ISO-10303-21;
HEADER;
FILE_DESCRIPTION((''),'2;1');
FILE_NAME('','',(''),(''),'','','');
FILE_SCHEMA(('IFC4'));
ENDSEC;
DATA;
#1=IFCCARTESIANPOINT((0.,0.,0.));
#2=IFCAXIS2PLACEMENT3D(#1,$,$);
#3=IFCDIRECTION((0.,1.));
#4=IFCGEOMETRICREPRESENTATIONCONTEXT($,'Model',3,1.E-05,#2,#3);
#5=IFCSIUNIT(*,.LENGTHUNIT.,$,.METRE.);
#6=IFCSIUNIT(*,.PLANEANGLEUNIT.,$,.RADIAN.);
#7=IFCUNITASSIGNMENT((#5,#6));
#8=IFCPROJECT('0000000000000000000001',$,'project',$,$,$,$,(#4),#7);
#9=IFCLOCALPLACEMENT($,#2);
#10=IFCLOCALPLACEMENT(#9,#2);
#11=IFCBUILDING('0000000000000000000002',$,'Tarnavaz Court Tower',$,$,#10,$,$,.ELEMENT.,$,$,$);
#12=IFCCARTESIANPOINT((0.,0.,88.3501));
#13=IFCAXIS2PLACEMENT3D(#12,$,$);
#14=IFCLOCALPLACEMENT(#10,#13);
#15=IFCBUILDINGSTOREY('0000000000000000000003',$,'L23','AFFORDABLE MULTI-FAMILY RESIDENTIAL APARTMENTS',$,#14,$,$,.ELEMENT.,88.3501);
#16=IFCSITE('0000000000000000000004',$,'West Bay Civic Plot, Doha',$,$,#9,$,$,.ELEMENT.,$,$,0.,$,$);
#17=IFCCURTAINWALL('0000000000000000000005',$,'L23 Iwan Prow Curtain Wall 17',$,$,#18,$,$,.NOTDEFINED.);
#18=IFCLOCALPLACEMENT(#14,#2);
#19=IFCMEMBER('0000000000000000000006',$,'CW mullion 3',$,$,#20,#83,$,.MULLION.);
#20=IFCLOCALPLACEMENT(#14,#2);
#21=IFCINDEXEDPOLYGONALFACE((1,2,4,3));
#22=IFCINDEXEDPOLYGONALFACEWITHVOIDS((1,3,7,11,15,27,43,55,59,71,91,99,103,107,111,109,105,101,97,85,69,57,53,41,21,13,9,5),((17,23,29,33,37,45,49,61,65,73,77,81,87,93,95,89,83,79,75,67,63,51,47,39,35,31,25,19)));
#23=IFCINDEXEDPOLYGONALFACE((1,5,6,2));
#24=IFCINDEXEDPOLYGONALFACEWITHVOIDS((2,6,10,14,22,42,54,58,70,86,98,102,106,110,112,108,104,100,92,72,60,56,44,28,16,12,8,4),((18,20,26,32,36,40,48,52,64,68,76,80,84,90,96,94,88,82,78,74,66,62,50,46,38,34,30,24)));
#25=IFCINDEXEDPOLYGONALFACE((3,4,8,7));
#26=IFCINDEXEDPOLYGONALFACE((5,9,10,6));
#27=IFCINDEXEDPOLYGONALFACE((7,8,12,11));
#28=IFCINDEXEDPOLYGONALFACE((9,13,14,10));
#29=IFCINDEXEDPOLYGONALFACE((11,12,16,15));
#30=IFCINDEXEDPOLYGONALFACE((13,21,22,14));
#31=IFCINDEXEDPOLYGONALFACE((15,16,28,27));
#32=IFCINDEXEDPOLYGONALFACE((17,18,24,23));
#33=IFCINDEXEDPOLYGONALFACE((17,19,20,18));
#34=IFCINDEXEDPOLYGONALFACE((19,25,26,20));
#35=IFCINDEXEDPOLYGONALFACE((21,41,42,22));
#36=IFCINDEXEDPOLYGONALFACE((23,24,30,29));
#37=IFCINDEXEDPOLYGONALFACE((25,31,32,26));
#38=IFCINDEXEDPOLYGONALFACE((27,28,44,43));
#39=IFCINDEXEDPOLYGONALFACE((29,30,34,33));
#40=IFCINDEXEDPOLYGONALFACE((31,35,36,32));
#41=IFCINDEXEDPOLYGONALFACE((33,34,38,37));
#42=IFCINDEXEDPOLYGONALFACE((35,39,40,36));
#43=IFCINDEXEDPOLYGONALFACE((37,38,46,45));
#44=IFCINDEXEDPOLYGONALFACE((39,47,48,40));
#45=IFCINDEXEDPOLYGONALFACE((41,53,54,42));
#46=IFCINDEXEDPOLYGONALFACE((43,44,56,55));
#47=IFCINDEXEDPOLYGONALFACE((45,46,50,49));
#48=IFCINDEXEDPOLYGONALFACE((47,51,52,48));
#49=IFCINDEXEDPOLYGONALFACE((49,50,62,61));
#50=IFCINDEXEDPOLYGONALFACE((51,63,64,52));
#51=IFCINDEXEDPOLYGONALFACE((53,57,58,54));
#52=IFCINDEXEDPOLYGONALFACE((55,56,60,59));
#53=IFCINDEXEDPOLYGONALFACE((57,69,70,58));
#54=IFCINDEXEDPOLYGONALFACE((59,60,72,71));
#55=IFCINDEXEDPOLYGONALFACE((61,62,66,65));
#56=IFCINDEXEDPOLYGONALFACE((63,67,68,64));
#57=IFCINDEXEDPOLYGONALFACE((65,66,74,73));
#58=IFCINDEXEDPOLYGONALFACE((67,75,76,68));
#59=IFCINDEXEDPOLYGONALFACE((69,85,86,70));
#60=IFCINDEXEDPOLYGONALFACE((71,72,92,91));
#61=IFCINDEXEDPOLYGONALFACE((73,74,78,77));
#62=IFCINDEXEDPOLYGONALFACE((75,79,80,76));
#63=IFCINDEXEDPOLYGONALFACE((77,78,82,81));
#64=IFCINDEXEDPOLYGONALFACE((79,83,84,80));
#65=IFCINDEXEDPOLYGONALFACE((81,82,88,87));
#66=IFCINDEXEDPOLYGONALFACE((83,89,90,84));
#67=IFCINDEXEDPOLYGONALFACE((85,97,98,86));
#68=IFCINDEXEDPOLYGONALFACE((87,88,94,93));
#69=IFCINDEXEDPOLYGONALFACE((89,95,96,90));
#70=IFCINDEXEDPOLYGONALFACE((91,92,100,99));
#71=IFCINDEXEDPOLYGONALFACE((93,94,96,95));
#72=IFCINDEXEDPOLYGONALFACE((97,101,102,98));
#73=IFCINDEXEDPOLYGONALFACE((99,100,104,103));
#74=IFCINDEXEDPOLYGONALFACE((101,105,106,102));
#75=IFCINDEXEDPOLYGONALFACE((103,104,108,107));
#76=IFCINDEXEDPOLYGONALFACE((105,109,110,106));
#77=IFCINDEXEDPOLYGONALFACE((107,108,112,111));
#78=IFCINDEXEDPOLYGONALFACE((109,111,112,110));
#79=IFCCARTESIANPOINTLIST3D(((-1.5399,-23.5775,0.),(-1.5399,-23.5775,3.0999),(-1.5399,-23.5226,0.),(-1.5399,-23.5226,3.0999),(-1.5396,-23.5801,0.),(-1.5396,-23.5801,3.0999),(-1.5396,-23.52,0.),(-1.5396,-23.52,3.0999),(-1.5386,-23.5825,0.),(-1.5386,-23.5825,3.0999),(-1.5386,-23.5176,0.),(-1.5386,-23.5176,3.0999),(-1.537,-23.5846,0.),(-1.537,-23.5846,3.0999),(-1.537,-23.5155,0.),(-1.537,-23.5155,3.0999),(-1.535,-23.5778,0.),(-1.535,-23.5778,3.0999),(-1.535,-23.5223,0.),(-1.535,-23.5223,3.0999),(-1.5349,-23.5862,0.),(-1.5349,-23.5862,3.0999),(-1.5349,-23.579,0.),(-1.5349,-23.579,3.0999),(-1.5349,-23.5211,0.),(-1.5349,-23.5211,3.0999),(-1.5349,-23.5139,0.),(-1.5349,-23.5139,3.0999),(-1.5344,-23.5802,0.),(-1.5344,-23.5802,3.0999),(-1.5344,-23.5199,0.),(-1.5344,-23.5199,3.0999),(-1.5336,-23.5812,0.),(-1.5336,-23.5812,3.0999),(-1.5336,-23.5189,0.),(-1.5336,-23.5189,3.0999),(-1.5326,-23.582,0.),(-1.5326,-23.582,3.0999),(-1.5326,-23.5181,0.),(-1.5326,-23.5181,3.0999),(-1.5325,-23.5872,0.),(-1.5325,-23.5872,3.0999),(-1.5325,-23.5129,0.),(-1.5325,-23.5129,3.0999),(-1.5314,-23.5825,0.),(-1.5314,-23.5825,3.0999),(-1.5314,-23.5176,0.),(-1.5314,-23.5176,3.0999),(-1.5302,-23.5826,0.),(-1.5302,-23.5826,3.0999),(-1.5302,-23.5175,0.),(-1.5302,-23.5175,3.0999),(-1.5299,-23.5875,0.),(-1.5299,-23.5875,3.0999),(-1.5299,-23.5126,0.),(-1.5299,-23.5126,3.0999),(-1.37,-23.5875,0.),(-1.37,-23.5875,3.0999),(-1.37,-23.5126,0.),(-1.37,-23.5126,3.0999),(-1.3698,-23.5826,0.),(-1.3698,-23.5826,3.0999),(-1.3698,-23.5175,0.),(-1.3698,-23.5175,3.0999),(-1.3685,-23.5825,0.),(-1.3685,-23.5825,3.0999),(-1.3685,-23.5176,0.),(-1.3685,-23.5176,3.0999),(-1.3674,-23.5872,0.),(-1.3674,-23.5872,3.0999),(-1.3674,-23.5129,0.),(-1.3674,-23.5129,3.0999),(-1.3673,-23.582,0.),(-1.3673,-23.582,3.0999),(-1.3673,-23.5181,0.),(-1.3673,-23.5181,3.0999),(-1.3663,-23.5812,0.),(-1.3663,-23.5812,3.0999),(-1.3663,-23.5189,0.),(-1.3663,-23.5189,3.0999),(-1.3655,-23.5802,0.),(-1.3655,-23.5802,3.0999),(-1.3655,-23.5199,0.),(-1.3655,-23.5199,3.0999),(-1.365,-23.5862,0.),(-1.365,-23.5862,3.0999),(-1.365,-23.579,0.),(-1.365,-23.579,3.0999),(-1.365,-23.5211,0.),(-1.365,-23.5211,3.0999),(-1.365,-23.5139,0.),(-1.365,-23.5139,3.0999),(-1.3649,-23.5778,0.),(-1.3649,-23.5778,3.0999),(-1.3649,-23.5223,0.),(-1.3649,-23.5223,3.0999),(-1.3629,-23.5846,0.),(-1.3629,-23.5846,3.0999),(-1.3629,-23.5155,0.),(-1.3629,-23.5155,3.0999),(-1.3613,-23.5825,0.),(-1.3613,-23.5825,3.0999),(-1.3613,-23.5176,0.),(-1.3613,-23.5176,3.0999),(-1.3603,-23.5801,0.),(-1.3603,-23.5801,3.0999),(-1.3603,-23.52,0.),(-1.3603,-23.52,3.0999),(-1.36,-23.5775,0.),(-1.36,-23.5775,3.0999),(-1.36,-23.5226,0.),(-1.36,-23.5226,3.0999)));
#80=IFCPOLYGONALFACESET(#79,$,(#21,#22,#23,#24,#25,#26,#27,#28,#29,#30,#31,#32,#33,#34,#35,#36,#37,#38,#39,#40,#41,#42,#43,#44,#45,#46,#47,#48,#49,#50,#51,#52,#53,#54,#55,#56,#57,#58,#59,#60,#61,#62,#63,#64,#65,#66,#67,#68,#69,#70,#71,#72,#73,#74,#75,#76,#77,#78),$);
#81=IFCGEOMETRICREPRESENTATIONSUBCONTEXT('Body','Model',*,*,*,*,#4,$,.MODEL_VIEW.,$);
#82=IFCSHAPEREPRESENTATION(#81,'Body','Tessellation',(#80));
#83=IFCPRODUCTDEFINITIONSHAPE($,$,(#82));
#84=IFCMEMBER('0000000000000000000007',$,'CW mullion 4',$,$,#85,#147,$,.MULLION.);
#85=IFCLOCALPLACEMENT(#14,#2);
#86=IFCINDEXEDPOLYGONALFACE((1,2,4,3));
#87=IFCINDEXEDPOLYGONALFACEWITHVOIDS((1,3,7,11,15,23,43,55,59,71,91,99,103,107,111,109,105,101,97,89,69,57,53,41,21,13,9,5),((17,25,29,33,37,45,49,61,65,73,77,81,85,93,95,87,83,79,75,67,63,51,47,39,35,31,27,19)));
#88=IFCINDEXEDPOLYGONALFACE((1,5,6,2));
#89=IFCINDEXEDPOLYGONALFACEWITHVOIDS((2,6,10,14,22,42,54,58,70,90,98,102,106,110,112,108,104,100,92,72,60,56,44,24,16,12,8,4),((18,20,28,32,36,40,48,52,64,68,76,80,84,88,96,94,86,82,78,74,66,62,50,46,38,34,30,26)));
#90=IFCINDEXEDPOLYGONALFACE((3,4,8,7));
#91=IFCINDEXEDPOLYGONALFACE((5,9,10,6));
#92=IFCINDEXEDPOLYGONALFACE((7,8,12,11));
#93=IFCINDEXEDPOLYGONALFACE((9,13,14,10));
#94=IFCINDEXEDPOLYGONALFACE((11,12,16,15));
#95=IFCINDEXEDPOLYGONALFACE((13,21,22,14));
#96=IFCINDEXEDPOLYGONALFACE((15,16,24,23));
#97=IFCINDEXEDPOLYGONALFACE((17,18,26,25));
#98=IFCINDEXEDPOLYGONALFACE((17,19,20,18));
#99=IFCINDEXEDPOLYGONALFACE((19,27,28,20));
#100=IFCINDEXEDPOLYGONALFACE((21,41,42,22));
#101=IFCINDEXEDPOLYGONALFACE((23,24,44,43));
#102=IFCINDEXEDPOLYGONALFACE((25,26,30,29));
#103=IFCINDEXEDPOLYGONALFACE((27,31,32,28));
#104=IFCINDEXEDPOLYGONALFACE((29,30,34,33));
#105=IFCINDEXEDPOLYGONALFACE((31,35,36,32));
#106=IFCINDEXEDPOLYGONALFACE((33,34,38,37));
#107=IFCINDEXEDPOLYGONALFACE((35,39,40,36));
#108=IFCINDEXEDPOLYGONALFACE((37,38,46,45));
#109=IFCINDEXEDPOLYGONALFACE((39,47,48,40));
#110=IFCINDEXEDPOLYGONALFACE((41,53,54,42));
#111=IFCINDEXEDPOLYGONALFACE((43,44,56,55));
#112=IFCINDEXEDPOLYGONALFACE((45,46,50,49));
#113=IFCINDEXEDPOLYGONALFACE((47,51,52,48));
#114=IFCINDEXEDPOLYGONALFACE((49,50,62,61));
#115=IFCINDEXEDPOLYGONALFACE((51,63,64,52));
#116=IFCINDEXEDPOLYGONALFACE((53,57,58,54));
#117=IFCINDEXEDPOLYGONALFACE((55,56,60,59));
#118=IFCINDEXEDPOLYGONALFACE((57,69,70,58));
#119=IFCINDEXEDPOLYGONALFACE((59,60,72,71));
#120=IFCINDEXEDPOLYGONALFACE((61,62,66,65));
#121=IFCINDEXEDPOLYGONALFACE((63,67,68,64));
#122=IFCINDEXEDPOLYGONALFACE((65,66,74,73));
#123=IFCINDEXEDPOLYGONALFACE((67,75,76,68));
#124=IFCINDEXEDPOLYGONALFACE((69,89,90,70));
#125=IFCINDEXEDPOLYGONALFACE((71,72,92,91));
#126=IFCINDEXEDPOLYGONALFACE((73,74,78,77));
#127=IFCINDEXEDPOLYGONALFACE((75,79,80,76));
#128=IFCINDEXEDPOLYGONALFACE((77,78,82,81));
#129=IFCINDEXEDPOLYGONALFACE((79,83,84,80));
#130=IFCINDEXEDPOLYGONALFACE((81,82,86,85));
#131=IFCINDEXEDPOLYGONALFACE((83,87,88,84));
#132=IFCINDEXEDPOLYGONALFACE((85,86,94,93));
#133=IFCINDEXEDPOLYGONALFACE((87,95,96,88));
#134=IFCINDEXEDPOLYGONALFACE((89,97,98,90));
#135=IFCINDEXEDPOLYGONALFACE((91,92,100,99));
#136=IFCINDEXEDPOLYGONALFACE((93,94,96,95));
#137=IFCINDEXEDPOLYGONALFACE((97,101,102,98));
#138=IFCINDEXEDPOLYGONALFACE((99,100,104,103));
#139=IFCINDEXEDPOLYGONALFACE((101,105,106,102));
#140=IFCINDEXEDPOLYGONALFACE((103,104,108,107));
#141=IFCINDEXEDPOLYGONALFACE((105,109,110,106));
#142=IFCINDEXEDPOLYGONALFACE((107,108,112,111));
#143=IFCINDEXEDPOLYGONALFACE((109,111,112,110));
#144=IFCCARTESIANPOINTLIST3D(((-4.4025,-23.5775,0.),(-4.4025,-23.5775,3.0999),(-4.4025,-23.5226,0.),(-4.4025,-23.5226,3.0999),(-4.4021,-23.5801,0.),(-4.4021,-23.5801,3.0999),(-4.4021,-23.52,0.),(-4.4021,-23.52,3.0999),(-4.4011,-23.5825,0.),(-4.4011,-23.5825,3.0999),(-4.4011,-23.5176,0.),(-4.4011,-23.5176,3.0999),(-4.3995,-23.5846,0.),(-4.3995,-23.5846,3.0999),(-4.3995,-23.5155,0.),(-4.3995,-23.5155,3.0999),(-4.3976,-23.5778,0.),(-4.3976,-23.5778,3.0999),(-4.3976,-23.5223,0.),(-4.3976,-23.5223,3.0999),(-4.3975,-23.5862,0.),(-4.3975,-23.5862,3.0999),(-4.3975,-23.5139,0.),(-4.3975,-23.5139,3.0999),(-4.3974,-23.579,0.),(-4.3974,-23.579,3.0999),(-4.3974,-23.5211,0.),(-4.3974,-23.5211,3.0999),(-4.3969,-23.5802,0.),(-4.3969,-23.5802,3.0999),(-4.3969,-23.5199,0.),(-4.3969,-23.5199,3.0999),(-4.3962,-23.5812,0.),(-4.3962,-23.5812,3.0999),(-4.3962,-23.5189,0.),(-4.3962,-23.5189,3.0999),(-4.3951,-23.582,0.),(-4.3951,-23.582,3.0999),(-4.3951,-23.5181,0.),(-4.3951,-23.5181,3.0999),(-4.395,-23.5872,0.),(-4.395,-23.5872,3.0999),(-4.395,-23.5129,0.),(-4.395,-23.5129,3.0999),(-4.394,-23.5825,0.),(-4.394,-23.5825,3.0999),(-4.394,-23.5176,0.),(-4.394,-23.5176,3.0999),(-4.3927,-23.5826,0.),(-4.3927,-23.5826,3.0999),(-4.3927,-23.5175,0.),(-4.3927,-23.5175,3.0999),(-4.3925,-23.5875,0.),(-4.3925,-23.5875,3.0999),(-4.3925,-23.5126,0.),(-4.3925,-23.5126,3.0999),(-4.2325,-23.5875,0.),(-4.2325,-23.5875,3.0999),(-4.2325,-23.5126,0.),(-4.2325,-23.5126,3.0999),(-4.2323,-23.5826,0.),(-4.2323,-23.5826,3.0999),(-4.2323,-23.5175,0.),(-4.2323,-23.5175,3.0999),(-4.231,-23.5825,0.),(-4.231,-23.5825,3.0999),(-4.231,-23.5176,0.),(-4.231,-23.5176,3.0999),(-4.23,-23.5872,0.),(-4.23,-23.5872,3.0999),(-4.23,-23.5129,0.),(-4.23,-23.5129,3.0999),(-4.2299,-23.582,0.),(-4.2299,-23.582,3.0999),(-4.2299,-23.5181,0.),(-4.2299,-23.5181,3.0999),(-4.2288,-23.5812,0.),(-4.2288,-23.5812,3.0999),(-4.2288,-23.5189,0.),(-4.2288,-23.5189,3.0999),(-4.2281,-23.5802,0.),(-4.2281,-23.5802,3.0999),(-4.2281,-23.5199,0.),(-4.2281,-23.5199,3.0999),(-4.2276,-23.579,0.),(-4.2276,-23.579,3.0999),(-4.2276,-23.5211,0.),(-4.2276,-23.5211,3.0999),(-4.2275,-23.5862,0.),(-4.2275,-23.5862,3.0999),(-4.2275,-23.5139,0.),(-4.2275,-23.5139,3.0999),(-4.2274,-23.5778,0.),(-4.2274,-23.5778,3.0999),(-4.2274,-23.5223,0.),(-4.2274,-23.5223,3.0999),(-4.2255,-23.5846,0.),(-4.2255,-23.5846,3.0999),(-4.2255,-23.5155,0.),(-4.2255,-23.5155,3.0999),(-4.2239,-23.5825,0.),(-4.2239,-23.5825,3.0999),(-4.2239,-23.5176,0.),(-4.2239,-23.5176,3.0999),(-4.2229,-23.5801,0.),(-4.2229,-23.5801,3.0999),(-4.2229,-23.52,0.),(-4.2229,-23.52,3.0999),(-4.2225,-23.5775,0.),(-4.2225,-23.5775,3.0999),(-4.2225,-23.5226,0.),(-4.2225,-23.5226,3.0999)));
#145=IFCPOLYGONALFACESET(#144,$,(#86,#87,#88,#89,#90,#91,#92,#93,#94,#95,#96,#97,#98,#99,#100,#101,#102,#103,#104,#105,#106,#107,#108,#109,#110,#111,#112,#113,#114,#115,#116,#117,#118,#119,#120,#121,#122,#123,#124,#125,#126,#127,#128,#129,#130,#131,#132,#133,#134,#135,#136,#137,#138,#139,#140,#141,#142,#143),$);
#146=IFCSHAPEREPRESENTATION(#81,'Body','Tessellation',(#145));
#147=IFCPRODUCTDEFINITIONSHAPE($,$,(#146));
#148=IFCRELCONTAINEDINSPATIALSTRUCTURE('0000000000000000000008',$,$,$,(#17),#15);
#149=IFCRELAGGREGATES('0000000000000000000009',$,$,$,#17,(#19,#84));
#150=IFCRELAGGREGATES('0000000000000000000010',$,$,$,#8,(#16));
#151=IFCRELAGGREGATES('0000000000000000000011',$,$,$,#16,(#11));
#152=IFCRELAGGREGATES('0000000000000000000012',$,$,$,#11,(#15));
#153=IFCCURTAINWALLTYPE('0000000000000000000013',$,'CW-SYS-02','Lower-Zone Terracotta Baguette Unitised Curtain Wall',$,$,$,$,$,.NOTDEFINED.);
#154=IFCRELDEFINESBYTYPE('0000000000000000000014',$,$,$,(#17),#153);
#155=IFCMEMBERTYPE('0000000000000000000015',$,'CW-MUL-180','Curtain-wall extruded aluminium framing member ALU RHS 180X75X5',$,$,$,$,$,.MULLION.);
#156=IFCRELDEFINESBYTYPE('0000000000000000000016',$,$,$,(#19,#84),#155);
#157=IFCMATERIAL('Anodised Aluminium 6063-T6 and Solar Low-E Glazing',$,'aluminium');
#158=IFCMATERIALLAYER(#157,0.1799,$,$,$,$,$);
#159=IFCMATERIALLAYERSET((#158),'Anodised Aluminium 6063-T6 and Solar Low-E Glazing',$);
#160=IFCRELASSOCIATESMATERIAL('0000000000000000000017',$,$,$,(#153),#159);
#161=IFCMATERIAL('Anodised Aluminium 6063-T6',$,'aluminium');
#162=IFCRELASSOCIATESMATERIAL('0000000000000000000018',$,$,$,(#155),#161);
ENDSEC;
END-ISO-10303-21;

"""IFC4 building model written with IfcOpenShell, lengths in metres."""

from ifc_helpers import new_model, si_unit, direction, frame, origin, origin_2d, place, context, subcontext, project, spatial, hollow_rectangle, extrude, material, layer, layer_set, material_profile, profile_set, type_object, element, aggregate, save


model = new_model("IFC4")

# Units and contexts
model_context = context("Model", 3, precision=1e-05, world=origin(), true_north=direction((0.0, 1.0)))
body_context = subcontext(model_context, "Body", "Model", "MODEL_VIEW")
ifc_project = project(units=[si_unit("LENGTHUNIT", "METRE"), si_unit("PLANEANGLEUNIT", "RADIAN")], contexts=[model_context])

# Site, building, storey
site_placement = place(None, origin())
site = spatial("IfcSite", under=ifc_project, at=site_placement, Name="West Bay Civic Plot, Doha", CompositionType="ELEMENT", RefElevation=0.0)
building_placement = place(site_placement, origin())
building = spatial("IfcBuilding", under=site, at=building_placement, Name="Tarnavaz Court Tower", CompositionType="ELEMENT")
storey_placement = place(building_placement, frame((0.0, 0.0, 88.3501)))
storey = spatial("IfcBuildingStorey", under=building, at=storey_placement, Name="L23", Description="AFFORDABLE MULTI-FAMILY RESIDENTIAL APARTMENTS", CompositionType="ELEMENT", Elevation=88.3501)

# Curtain wall, members
ifc_material_1 = material(Name="Anodised Aluminium 6063-T6 and Solar Low-E Glazing", Category="aluminium")
ifc_layer_1 = layer(ifc_material_1, 0.1799)
ifc_layer_set_1 = layer_set([ifc_layer_1], Name="Anodised Aluminium 6063-T6 and Solar Low-E Glazing")
curtain_wall_type = type_object("IfcCurtainWallType", Name="CW-SYS-02", Description="Lower-Zone Terracotta Baguette Unitised Curtain Wall", PredefinedType="NOTDEFINED", material=ifc_layer_set_1)
curtain_wall_placement = place(storey_placement, origin())
curtain_wall = element("IfcCurtainWall", 1, at=curtain_wall_placement, inside=storey, type_object=curtain_wall_type, Name="L23 Iwan Prow Curtain Wall 17", PredefinedType="NOTDEFINED")
ifc_material_2 = material(Name="Anodised Aluminium 6063-T6", Category="aluminium")
ifc_material_profile_1 = material_profile(ifc_material_2, hollow_rectangle(XDim=0.075, YDim=0.1799, WallThickness=0.0049, InnerFilletRadius=0.0049, OuterFilletRadius=0.01, at=origin_2d()), Name="ALU RHS 180X75X5")
ifc_profile_set_1 = profile_set([ifc_material_profile_1], Name="Anodised Aluminium 6063-T6")
member_type_1 = type_object("IfcMemberType", Name="CW-MUL-180", Description="Curtain-wall extruded aluminium framing member ALU RHS 180X75X5", PredefinedType="MULLION", material=ifc_profile_set_1)
member_1_placement = place(storey_placement, frame((-1.45, -23.55, 0.0), z_axis=(0.0, 0.0, 1.0), x_axis=(0.0, -1.0, 0.0)))
member_1 = element("IfcMember", 2, at=member_1_placement, type_object=member_type_1, Name="CW mullion 3", PredefinedType="MULLION", context=body_context, shape_type="SweptSolid", body=[
    extrude(hollow_rectangle(XDim=0.075, YDim=0.1799, WallThickness=0.0049, InnerFilletRadius=0.0049, OuterFilletRadius=0.01, at=origin_2d()), origin(), (0.0, 0.0, 1.0), 3.0999),
])
member_2_placement = place(storey_placement, frame((-4.3125, -23.55, 0.0), z_axis=(0.0, 0.0, 1.0), x_axis=(0.0, -1.0, 0.0)))
member_2 = element("IfcMember", 3, at=member_2_placement, type_object=member_type_1, Name="CW mullion 4", PredefinedType="MULLION", context=body_context, shape_type="SweptSolid", body=[
    extrude(hollow_rectangle(XDim=0.075, YDim=0.1799, WallThickness=0.0049, InnerFilletRadius=0.0049, OuterFilletRadius=0.01, at=origin_2d()), origin(), (0.0, 0.0, 1.0), 3.0999),
])
aggregate(curtain_wall, [member_1, member_2])

save(model, "model.ifc")
